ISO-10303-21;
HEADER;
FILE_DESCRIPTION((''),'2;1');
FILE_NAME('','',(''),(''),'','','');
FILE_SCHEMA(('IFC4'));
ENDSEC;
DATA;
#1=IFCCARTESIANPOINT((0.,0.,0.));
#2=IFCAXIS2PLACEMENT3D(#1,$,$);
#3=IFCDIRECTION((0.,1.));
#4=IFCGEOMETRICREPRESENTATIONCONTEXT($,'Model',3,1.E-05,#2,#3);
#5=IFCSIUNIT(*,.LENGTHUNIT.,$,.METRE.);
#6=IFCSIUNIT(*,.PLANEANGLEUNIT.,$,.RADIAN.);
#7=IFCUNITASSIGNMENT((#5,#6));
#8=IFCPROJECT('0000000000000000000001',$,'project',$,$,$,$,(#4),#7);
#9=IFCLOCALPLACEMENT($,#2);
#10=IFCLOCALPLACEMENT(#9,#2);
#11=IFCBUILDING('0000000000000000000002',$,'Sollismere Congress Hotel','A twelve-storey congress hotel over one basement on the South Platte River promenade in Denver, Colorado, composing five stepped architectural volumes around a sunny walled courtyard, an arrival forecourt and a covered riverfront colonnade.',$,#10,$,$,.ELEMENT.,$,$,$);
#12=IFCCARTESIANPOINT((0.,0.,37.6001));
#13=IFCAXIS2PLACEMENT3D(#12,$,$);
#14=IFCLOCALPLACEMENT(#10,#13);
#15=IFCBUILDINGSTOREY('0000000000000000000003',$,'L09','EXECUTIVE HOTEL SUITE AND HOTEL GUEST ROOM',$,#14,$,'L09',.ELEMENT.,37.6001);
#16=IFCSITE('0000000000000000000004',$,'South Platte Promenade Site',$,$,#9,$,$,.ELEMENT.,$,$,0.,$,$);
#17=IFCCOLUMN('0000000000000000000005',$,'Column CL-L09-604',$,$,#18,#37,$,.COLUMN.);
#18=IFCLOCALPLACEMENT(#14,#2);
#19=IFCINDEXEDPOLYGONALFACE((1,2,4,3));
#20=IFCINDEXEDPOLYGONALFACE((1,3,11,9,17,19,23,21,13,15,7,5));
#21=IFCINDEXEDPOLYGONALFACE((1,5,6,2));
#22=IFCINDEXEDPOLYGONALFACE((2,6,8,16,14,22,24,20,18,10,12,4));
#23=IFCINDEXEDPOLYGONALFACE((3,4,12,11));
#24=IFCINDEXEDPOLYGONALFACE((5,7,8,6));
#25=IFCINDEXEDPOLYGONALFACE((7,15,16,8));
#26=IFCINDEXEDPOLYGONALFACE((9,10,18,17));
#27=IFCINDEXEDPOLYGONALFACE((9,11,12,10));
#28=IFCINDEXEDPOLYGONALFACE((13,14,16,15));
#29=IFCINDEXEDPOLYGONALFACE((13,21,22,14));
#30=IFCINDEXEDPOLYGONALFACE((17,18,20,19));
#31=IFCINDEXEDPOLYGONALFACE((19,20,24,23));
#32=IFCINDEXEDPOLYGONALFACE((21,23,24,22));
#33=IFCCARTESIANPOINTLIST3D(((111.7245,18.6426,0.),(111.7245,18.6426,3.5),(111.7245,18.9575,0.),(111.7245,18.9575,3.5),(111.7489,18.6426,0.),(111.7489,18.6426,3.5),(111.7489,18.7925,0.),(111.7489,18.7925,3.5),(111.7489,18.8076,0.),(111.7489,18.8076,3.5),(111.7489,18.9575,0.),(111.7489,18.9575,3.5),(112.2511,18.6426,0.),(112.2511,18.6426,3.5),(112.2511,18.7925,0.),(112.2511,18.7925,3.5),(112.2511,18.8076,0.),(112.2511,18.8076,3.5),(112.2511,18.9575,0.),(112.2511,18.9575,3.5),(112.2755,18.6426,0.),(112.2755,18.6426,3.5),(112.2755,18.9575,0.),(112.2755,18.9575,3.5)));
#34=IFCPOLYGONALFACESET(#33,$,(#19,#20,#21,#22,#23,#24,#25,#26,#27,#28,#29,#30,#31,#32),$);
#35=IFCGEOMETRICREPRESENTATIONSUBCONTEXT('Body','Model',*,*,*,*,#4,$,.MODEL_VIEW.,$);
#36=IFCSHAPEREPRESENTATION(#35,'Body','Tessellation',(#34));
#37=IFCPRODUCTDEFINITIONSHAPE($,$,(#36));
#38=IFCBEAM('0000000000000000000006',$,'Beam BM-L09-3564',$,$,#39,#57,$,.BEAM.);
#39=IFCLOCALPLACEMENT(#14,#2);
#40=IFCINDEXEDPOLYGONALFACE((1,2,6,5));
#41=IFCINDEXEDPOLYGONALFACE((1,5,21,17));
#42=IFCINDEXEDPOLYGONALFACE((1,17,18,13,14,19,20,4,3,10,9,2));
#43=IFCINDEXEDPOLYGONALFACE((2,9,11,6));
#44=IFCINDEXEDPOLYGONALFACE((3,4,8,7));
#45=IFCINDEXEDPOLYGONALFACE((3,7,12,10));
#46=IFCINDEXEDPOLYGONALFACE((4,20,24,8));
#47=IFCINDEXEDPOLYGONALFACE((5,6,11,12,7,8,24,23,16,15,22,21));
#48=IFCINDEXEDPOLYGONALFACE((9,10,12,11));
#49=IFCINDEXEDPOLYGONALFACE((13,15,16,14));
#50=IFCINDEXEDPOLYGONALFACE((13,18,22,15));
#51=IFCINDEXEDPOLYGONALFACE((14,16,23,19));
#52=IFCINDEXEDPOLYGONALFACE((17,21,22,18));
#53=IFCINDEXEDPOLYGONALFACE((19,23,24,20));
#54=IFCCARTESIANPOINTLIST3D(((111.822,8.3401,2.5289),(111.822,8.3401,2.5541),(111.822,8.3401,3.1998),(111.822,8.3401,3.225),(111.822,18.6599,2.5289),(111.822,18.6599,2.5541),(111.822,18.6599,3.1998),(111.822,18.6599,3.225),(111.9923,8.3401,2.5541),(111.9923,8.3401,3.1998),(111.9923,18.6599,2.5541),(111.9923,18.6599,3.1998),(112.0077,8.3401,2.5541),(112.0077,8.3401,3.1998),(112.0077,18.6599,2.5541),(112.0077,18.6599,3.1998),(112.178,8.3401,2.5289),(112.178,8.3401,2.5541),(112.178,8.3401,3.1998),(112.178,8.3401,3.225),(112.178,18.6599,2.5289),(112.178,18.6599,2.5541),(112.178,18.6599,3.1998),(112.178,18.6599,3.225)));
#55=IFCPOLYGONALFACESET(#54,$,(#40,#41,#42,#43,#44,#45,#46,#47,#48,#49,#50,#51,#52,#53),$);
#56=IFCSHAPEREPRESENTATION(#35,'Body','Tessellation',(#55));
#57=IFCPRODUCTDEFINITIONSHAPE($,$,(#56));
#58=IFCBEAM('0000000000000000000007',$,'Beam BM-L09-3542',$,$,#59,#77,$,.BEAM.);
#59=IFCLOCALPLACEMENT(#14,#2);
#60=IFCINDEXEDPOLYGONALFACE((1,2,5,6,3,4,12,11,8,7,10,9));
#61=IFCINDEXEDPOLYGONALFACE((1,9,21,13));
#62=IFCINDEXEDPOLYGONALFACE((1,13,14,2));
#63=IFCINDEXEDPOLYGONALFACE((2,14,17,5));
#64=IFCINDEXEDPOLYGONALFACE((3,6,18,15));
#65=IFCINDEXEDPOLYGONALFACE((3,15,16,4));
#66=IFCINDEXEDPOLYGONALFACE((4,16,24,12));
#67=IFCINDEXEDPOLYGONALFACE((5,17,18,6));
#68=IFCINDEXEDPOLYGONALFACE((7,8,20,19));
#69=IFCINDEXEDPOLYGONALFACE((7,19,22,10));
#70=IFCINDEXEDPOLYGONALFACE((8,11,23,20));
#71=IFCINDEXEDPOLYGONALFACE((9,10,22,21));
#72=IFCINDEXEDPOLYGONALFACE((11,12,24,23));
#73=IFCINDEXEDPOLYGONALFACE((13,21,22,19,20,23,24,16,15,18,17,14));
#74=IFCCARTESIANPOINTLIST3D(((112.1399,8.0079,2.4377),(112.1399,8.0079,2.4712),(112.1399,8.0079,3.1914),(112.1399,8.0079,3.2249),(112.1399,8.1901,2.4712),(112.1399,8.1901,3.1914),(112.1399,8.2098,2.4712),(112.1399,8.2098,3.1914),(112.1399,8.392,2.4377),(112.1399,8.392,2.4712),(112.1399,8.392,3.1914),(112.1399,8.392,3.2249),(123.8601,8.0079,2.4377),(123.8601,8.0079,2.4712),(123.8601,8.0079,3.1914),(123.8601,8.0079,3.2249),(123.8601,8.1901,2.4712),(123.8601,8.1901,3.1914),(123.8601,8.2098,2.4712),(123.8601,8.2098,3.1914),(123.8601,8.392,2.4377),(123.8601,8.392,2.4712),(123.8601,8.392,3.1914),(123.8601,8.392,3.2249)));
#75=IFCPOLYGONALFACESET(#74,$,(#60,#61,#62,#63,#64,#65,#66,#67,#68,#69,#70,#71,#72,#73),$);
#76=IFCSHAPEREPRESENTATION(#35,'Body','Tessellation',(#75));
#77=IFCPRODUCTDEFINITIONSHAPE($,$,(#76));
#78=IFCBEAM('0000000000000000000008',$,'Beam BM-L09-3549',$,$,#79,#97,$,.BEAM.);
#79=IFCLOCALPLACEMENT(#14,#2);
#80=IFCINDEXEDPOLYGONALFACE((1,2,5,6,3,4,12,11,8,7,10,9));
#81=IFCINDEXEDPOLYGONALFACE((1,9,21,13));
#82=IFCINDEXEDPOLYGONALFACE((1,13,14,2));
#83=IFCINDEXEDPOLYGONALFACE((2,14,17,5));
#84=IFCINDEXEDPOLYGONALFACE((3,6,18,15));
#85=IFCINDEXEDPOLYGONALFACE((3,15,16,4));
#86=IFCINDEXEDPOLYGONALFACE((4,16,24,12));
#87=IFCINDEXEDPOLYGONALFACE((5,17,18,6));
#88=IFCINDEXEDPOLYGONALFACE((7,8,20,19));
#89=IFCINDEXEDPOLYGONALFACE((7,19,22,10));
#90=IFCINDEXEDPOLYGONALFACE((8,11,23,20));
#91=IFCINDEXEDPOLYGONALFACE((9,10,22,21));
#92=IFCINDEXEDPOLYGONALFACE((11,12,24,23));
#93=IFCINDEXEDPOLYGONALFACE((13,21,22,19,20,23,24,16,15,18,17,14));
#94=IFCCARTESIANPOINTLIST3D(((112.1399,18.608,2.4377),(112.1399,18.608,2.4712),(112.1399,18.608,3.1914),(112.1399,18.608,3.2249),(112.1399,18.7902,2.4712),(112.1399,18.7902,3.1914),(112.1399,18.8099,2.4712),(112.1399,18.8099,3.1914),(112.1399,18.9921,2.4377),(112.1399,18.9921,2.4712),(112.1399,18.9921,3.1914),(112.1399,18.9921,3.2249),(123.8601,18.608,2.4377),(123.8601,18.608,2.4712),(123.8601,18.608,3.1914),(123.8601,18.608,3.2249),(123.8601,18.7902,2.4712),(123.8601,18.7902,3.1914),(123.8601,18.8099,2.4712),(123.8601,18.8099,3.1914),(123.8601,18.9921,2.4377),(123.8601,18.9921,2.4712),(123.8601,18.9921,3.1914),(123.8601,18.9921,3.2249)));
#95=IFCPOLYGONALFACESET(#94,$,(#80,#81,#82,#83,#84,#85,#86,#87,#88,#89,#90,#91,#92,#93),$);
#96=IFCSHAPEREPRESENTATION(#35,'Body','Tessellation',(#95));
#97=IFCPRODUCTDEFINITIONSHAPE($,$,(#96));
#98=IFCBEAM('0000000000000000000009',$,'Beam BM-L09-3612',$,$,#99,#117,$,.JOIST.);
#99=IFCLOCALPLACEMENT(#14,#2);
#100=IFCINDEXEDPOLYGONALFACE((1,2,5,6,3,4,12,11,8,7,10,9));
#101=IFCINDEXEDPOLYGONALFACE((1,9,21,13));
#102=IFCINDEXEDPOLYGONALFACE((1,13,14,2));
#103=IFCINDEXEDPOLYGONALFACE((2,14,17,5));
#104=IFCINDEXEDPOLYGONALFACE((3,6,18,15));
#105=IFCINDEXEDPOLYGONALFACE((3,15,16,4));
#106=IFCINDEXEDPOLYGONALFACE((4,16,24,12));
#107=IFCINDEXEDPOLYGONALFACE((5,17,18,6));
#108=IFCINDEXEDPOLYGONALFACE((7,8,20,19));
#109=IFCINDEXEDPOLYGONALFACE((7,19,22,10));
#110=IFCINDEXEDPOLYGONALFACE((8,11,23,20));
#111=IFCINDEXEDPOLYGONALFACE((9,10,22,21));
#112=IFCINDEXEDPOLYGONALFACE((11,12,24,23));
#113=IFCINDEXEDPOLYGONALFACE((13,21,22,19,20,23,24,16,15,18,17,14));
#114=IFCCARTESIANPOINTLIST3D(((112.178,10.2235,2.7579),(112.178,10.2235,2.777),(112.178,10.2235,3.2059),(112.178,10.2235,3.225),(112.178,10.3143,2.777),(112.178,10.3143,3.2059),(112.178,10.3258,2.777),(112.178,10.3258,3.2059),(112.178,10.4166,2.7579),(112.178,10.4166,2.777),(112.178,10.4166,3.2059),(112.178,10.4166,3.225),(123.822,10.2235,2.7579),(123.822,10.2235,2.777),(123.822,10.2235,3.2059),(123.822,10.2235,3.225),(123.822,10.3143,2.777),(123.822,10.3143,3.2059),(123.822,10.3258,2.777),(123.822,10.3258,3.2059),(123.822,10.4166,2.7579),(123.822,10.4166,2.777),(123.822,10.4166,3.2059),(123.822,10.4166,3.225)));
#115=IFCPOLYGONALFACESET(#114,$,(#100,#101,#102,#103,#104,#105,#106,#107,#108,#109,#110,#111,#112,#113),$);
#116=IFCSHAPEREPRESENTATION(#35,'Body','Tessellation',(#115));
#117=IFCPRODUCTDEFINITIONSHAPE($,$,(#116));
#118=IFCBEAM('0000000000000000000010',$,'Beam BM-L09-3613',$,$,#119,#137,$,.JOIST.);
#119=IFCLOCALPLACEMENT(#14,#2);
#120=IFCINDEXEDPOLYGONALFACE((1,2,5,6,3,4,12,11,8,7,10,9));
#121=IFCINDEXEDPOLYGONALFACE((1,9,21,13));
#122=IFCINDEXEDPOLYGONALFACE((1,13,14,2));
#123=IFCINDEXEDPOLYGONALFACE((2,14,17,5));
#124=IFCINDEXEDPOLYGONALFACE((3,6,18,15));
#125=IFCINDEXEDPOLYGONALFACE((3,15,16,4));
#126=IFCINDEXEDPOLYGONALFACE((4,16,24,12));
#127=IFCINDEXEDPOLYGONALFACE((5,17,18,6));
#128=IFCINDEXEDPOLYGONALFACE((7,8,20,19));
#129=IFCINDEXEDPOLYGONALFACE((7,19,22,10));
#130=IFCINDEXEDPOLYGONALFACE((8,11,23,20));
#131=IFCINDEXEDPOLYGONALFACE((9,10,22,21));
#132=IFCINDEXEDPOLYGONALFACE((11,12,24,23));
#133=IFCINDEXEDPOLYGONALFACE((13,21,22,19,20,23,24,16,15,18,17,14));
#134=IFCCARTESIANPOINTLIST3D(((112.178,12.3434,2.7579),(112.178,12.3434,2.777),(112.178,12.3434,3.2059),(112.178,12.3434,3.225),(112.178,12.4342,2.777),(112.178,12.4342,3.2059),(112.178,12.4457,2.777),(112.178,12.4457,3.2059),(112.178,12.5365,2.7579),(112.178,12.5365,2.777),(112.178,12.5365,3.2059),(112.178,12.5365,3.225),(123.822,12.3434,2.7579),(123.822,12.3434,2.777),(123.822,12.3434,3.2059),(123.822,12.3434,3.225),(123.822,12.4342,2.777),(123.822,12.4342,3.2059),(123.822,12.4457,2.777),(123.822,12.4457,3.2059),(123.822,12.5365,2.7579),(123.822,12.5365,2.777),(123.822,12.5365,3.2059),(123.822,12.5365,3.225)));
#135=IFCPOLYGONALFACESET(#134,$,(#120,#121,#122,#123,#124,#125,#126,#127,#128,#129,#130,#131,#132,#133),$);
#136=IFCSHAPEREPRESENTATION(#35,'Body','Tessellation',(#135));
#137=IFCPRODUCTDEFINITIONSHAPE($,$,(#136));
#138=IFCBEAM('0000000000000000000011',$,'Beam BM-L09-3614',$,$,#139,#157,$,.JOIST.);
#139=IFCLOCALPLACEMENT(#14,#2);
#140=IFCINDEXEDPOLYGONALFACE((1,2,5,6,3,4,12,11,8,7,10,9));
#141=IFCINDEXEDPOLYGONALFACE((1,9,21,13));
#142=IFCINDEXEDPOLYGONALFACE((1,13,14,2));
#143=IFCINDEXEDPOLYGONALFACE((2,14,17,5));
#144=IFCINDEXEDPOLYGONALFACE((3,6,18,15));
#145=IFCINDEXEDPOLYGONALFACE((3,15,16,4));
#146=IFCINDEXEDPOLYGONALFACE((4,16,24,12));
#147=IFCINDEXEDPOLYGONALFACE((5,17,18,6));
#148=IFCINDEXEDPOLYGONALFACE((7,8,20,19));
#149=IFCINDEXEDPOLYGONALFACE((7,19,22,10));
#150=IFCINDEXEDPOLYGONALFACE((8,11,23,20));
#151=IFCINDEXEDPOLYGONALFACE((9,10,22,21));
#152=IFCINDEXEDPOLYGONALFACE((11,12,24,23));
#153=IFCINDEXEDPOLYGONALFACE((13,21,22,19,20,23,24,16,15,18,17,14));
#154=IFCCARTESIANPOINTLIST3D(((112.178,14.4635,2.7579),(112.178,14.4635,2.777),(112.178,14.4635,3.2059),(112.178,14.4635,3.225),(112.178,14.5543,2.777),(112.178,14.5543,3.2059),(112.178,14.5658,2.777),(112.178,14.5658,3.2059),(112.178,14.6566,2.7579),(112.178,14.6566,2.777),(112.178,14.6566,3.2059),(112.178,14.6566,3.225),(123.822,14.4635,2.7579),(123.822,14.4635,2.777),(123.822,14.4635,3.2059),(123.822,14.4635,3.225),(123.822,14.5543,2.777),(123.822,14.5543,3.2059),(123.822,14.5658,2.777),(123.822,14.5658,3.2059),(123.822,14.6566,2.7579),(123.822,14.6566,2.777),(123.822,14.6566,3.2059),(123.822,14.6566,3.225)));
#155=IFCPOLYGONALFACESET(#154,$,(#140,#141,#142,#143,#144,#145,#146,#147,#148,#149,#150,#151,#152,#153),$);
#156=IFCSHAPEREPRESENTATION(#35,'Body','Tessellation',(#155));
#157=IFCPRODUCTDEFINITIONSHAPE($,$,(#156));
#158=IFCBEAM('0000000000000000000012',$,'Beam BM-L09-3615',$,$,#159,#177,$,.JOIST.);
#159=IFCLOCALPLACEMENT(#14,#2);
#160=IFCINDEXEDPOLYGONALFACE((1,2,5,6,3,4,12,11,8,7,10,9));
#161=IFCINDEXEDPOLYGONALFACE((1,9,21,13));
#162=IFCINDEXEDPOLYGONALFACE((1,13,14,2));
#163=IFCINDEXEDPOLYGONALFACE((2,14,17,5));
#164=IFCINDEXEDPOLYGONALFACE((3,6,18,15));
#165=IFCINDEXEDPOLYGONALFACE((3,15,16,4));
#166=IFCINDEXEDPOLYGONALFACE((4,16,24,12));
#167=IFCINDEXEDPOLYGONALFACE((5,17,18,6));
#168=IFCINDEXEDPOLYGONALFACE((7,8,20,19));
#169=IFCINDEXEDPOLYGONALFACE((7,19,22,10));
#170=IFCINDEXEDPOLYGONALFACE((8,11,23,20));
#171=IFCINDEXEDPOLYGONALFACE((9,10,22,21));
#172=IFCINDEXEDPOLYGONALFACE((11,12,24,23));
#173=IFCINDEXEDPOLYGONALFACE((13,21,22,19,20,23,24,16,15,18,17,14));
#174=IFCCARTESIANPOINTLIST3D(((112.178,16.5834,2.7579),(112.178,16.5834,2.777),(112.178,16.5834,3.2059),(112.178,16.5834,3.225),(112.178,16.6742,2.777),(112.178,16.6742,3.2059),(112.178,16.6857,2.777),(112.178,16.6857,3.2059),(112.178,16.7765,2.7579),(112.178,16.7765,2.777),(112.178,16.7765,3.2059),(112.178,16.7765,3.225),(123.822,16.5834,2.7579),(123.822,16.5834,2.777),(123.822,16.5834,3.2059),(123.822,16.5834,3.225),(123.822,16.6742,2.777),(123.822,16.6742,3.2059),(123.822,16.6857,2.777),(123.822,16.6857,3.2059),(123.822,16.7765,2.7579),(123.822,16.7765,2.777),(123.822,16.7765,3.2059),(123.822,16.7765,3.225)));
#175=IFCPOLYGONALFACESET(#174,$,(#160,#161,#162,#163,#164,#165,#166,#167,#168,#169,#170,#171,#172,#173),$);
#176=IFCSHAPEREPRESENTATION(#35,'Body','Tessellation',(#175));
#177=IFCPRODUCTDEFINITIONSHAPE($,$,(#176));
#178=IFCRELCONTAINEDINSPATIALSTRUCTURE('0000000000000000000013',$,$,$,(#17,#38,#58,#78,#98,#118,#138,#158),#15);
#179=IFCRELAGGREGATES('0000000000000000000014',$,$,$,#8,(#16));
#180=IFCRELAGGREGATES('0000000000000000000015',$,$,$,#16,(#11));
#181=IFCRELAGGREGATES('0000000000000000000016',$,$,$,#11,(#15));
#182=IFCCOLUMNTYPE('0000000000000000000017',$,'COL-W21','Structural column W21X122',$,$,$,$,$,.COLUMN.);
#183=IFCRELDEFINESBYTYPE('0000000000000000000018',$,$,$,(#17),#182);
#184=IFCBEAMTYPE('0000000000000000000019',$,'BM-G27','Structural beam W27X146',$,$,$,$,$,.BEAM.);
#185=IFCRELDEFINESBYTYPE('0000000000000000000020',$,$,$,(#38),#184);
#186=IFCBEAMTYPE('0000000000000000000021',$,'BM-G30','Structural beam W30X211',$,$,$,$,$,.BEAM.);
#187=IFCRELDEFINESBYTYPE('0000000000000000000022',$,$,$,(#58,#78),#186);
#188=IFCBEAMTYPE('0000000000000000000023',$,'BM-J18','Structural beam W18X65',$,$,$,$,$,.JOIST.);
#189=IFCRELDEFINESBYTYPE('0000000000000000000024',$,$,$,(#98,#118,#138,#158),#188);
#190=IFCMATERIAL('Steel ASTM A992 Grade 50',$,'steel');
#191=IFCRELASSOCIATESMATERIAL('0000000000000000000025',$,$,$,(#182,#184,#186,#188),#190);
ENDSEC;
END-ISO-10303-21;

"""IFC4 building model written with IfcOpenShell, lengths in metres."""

from ifc_helpers import new_model, si_unit, direction, frame, origin, origin_2d, place, context, subcontext, project, spatial, i_section, extrude, material, material_profile, profile_set, type_object, element, save


model = new_model("IFC4")

# Units and contexts
model_context = context("Model", 3, precision=1e-05, world=origin(), true_north=direction((0.0, 1.0)))
body_context = subcontext(model_context, "Body", "Model", "MODEL_VIEW")
ifc_project = project(units=[si_unit("LENGTHUNIT", "METRE"), si_unit("PLANEANGLEUNIT", "RADIAN")], contexts=[model_context])

# Site, building, storey
site_placement = place(None, origin())
site = spatial("IfcSite", under=ifc_project, at=site_placement, Name="South Platte Promenade Site", CompositionType="ELEMENT", RefElevation=0.0)
building_placement = place(site_placement, origin())
building = spatial("IfcBuilding", under=site, at=building_placement, Name="Sollismere Congress Hotel", Description="A twelve-storey congress hotel over one basement on the South Platte River promenade in Denver, Colorado, composing five stepped architectural volumes around a sunny walled courtyard, an arrival forecourt and a covered riverfront colonnade.", CompositionType="ELEMENT")
storey_placement = place(building_placement, frame((0.0, 0.0, 37.6001)))
storey = spatial("IfcBuildingStorey", under=building, at=storey_placement, Name="L09", Description="EXECUTIVE HOTEL SUITE AND HOTEL GUEST ROOM", LongName="L09", CompositionType="ELEMENT", Elevation=37.6001)

# Column
ifc_material_1 = material(Name="Steel ASTM A992 Grade 50", Category="steel")
ifc_material_profile_1 = material_profile(ifc_material_1, i_section(OverallWidth=0.3149, OverallDepth=0.551, WebThickness=0.0151, FlangeThickness=0.0244, at=origin_2d()), Name="W21X122")
ifc_profile_set_1 = profile_set([ifc_material_profile_1], Name="Steel ASTM A992 Grade 50")
column_type = type_object("IfcColumnType", Name="COL-W21", Description="Structural column W21X122", PredefinedType="COLUMN", material=ifc_profile_set_1)
column_placement = place(storey_placement, frame((112.0, 18.8, 0.0), z_axis=(0.0, 0.0, 1.0), x_axis=(0.0, 1.0, 0.0)))
element("IfcColumn", 1, at=column_placement, inside=storey, type_object=column_type, Name="Column CL-L09-604", PredefinedType="COLUMN", context=body_context, shape_type="SweptSolid", body=[
    extrude(i_section(OverallWidth=0.3149, OverallDepth=0.551, WebThickness=0.0151, FlangeThickness=0.0244, at=origin_2d()), origin(), (0.0, 0.0, 1.0), 3.5),
])

# Beams
ifc_material_profile_2 = material_profile(ifc_material_1, i_section(OverallWidth=0.356, OverallDepth=0.696, WebThickness=0.0154, FlangeThickness=0.0251, at=origin_2d()), Name="W27X146")
ifc_profile_set_2 = profile_set([ifc_material_profile_2], Name="Steel ASTM A992 Grade 50")
beam_type_1 = type_object("IfcBeamType", Name="BM-G27", Description="Structural beam W27X146", PredefinedType="BEAM", material=ifc_profile_set_2)
beam_placement = place(storey_placement, frame((112.0, 8.3401, 2.877), z_axis=(0.0, 1.0, 0.0), x_axis=(-1.0, 0.0, 0.0)))
element("IfcBeam", 2, at=beam_placement, inside=storey, type_object=beam_type_1, Name="Beam BM-L09-3564", PredefinedType="BEAM", context=body_context, shape_type="SweptSolid", body=[
    extrude(i_section(OverallWidth=0.356, OverallDepth=0.696, WebThickness=0.0154, FlangeThickness=0.0251, at=origin_2d()), origin(), (0.0, 0.0, 1.0), 10.3198),
])
ifc_material_profile_3 = material_profile(ifc_material_1, i_section(OverallWidth=0.384, OverallDepth=0.7871, WebThickness=0.0198, FlangeThickness=0.0334, at=origin_2d()), Name="W30X211")
ifc_profile_set_3 = profile_set([ifc_material_profile_3], Name="Steel ASTM A992 Grade 50")
beam_type_2 = type_object("IfcBeamType", Name="BM-G30", Description="Structural beam W30X211", PredefinedType="BEAM", material=ifc_profile_set_3)
for number, where, z_axis, x_axis, name in (
    (3, (112.1399, 8.2, 2.8313), (1.0, 0.0, 0.0), (0.0, 1.0, 0.0), "Beam BM-L09-3542"),
    (4, (112.1399, 18.8, 2.8313), (1.0, 0.0, 0.0), (0.0, 1.0, 0.0), "Beam BM-L09-3549"),
):
    element("IfcBeam", number, at=place(storey_placement, frame(where, z_axis=z_axis, x_axis=x_axis)), inside=storey, type_object=beam_type_2, Name=name, PredefinedType="BEAM", context=body_context, shape_type="SweptSolid", body=[
        extrude(i_section(OverallWidth=0.384, OverallDepth=0.7871, WebThickness=0.0198, FlangeThickness=0.0334, at=origin_2d()), origin(), (0.0, 0.0, 1.0), 11.7202),
    ])
ifc_material_profile_4 = material_profile(ifc_material_1, i_section(OverallWidth=0.1931, OverallDepth=0.467, WebThickness=0.0115, FlangeThickness=0.019, at=origin_2d()), Name="W18X65")
ifc_profile_set_4 = profile_set([ifc_material_profile_4], Name="Steel ASTM A992 Grade 50")
beam_type_3 = type_object("IfcBeamType", Name="BM-J18", Description="Structural beam W18X65", PredefinedType="JOIST", material=ifc_profile_set_4)
for number, where, z_axis, x_axis, name in (
    (5, (112.178, 10.3201, 2.9915), (1.0, 0.0, 0.0), (0.0, 1.0, 0.0), "Beam BM-L09-3612"),
    (6, (112.178, 12.4399, 2.9915), (1.0, 0.0, 0.0), (0.0, 1.0, 0.0), "Beam BM-L09-3613"),
    (7, (112.178, 14.5601, 2.9915), (1.0, 0.0, 0.0), (0.0, 1.0, 0.0), "Beam BM-L09-3614"),
    (8, (112.178, 16.6799, 2.9915), (1.0, 0.0, 0.0), (0.0, 1.0, 0.0), "Beam BM-L09-3615"),
):
    element("IfcBeam", number, at=place(storey_placement, frame(where, z_axis=z_axis, x_axis=x_axis)), inside=storey, type_object=beam_type_3, Name=name, PredefinedType="JOIST", context=body_context, shape_type="SweptSolid", body=[
        extrude(i_section(OverallWidth=0.1931, OverallDepth=0.467, WebThickness=0.0115, FlangeThickness=0.019, at=origin_2d()), origin(), (0.0, 0.0, 1.0), 11.644),
    ])

save(model, "model.ifc")
